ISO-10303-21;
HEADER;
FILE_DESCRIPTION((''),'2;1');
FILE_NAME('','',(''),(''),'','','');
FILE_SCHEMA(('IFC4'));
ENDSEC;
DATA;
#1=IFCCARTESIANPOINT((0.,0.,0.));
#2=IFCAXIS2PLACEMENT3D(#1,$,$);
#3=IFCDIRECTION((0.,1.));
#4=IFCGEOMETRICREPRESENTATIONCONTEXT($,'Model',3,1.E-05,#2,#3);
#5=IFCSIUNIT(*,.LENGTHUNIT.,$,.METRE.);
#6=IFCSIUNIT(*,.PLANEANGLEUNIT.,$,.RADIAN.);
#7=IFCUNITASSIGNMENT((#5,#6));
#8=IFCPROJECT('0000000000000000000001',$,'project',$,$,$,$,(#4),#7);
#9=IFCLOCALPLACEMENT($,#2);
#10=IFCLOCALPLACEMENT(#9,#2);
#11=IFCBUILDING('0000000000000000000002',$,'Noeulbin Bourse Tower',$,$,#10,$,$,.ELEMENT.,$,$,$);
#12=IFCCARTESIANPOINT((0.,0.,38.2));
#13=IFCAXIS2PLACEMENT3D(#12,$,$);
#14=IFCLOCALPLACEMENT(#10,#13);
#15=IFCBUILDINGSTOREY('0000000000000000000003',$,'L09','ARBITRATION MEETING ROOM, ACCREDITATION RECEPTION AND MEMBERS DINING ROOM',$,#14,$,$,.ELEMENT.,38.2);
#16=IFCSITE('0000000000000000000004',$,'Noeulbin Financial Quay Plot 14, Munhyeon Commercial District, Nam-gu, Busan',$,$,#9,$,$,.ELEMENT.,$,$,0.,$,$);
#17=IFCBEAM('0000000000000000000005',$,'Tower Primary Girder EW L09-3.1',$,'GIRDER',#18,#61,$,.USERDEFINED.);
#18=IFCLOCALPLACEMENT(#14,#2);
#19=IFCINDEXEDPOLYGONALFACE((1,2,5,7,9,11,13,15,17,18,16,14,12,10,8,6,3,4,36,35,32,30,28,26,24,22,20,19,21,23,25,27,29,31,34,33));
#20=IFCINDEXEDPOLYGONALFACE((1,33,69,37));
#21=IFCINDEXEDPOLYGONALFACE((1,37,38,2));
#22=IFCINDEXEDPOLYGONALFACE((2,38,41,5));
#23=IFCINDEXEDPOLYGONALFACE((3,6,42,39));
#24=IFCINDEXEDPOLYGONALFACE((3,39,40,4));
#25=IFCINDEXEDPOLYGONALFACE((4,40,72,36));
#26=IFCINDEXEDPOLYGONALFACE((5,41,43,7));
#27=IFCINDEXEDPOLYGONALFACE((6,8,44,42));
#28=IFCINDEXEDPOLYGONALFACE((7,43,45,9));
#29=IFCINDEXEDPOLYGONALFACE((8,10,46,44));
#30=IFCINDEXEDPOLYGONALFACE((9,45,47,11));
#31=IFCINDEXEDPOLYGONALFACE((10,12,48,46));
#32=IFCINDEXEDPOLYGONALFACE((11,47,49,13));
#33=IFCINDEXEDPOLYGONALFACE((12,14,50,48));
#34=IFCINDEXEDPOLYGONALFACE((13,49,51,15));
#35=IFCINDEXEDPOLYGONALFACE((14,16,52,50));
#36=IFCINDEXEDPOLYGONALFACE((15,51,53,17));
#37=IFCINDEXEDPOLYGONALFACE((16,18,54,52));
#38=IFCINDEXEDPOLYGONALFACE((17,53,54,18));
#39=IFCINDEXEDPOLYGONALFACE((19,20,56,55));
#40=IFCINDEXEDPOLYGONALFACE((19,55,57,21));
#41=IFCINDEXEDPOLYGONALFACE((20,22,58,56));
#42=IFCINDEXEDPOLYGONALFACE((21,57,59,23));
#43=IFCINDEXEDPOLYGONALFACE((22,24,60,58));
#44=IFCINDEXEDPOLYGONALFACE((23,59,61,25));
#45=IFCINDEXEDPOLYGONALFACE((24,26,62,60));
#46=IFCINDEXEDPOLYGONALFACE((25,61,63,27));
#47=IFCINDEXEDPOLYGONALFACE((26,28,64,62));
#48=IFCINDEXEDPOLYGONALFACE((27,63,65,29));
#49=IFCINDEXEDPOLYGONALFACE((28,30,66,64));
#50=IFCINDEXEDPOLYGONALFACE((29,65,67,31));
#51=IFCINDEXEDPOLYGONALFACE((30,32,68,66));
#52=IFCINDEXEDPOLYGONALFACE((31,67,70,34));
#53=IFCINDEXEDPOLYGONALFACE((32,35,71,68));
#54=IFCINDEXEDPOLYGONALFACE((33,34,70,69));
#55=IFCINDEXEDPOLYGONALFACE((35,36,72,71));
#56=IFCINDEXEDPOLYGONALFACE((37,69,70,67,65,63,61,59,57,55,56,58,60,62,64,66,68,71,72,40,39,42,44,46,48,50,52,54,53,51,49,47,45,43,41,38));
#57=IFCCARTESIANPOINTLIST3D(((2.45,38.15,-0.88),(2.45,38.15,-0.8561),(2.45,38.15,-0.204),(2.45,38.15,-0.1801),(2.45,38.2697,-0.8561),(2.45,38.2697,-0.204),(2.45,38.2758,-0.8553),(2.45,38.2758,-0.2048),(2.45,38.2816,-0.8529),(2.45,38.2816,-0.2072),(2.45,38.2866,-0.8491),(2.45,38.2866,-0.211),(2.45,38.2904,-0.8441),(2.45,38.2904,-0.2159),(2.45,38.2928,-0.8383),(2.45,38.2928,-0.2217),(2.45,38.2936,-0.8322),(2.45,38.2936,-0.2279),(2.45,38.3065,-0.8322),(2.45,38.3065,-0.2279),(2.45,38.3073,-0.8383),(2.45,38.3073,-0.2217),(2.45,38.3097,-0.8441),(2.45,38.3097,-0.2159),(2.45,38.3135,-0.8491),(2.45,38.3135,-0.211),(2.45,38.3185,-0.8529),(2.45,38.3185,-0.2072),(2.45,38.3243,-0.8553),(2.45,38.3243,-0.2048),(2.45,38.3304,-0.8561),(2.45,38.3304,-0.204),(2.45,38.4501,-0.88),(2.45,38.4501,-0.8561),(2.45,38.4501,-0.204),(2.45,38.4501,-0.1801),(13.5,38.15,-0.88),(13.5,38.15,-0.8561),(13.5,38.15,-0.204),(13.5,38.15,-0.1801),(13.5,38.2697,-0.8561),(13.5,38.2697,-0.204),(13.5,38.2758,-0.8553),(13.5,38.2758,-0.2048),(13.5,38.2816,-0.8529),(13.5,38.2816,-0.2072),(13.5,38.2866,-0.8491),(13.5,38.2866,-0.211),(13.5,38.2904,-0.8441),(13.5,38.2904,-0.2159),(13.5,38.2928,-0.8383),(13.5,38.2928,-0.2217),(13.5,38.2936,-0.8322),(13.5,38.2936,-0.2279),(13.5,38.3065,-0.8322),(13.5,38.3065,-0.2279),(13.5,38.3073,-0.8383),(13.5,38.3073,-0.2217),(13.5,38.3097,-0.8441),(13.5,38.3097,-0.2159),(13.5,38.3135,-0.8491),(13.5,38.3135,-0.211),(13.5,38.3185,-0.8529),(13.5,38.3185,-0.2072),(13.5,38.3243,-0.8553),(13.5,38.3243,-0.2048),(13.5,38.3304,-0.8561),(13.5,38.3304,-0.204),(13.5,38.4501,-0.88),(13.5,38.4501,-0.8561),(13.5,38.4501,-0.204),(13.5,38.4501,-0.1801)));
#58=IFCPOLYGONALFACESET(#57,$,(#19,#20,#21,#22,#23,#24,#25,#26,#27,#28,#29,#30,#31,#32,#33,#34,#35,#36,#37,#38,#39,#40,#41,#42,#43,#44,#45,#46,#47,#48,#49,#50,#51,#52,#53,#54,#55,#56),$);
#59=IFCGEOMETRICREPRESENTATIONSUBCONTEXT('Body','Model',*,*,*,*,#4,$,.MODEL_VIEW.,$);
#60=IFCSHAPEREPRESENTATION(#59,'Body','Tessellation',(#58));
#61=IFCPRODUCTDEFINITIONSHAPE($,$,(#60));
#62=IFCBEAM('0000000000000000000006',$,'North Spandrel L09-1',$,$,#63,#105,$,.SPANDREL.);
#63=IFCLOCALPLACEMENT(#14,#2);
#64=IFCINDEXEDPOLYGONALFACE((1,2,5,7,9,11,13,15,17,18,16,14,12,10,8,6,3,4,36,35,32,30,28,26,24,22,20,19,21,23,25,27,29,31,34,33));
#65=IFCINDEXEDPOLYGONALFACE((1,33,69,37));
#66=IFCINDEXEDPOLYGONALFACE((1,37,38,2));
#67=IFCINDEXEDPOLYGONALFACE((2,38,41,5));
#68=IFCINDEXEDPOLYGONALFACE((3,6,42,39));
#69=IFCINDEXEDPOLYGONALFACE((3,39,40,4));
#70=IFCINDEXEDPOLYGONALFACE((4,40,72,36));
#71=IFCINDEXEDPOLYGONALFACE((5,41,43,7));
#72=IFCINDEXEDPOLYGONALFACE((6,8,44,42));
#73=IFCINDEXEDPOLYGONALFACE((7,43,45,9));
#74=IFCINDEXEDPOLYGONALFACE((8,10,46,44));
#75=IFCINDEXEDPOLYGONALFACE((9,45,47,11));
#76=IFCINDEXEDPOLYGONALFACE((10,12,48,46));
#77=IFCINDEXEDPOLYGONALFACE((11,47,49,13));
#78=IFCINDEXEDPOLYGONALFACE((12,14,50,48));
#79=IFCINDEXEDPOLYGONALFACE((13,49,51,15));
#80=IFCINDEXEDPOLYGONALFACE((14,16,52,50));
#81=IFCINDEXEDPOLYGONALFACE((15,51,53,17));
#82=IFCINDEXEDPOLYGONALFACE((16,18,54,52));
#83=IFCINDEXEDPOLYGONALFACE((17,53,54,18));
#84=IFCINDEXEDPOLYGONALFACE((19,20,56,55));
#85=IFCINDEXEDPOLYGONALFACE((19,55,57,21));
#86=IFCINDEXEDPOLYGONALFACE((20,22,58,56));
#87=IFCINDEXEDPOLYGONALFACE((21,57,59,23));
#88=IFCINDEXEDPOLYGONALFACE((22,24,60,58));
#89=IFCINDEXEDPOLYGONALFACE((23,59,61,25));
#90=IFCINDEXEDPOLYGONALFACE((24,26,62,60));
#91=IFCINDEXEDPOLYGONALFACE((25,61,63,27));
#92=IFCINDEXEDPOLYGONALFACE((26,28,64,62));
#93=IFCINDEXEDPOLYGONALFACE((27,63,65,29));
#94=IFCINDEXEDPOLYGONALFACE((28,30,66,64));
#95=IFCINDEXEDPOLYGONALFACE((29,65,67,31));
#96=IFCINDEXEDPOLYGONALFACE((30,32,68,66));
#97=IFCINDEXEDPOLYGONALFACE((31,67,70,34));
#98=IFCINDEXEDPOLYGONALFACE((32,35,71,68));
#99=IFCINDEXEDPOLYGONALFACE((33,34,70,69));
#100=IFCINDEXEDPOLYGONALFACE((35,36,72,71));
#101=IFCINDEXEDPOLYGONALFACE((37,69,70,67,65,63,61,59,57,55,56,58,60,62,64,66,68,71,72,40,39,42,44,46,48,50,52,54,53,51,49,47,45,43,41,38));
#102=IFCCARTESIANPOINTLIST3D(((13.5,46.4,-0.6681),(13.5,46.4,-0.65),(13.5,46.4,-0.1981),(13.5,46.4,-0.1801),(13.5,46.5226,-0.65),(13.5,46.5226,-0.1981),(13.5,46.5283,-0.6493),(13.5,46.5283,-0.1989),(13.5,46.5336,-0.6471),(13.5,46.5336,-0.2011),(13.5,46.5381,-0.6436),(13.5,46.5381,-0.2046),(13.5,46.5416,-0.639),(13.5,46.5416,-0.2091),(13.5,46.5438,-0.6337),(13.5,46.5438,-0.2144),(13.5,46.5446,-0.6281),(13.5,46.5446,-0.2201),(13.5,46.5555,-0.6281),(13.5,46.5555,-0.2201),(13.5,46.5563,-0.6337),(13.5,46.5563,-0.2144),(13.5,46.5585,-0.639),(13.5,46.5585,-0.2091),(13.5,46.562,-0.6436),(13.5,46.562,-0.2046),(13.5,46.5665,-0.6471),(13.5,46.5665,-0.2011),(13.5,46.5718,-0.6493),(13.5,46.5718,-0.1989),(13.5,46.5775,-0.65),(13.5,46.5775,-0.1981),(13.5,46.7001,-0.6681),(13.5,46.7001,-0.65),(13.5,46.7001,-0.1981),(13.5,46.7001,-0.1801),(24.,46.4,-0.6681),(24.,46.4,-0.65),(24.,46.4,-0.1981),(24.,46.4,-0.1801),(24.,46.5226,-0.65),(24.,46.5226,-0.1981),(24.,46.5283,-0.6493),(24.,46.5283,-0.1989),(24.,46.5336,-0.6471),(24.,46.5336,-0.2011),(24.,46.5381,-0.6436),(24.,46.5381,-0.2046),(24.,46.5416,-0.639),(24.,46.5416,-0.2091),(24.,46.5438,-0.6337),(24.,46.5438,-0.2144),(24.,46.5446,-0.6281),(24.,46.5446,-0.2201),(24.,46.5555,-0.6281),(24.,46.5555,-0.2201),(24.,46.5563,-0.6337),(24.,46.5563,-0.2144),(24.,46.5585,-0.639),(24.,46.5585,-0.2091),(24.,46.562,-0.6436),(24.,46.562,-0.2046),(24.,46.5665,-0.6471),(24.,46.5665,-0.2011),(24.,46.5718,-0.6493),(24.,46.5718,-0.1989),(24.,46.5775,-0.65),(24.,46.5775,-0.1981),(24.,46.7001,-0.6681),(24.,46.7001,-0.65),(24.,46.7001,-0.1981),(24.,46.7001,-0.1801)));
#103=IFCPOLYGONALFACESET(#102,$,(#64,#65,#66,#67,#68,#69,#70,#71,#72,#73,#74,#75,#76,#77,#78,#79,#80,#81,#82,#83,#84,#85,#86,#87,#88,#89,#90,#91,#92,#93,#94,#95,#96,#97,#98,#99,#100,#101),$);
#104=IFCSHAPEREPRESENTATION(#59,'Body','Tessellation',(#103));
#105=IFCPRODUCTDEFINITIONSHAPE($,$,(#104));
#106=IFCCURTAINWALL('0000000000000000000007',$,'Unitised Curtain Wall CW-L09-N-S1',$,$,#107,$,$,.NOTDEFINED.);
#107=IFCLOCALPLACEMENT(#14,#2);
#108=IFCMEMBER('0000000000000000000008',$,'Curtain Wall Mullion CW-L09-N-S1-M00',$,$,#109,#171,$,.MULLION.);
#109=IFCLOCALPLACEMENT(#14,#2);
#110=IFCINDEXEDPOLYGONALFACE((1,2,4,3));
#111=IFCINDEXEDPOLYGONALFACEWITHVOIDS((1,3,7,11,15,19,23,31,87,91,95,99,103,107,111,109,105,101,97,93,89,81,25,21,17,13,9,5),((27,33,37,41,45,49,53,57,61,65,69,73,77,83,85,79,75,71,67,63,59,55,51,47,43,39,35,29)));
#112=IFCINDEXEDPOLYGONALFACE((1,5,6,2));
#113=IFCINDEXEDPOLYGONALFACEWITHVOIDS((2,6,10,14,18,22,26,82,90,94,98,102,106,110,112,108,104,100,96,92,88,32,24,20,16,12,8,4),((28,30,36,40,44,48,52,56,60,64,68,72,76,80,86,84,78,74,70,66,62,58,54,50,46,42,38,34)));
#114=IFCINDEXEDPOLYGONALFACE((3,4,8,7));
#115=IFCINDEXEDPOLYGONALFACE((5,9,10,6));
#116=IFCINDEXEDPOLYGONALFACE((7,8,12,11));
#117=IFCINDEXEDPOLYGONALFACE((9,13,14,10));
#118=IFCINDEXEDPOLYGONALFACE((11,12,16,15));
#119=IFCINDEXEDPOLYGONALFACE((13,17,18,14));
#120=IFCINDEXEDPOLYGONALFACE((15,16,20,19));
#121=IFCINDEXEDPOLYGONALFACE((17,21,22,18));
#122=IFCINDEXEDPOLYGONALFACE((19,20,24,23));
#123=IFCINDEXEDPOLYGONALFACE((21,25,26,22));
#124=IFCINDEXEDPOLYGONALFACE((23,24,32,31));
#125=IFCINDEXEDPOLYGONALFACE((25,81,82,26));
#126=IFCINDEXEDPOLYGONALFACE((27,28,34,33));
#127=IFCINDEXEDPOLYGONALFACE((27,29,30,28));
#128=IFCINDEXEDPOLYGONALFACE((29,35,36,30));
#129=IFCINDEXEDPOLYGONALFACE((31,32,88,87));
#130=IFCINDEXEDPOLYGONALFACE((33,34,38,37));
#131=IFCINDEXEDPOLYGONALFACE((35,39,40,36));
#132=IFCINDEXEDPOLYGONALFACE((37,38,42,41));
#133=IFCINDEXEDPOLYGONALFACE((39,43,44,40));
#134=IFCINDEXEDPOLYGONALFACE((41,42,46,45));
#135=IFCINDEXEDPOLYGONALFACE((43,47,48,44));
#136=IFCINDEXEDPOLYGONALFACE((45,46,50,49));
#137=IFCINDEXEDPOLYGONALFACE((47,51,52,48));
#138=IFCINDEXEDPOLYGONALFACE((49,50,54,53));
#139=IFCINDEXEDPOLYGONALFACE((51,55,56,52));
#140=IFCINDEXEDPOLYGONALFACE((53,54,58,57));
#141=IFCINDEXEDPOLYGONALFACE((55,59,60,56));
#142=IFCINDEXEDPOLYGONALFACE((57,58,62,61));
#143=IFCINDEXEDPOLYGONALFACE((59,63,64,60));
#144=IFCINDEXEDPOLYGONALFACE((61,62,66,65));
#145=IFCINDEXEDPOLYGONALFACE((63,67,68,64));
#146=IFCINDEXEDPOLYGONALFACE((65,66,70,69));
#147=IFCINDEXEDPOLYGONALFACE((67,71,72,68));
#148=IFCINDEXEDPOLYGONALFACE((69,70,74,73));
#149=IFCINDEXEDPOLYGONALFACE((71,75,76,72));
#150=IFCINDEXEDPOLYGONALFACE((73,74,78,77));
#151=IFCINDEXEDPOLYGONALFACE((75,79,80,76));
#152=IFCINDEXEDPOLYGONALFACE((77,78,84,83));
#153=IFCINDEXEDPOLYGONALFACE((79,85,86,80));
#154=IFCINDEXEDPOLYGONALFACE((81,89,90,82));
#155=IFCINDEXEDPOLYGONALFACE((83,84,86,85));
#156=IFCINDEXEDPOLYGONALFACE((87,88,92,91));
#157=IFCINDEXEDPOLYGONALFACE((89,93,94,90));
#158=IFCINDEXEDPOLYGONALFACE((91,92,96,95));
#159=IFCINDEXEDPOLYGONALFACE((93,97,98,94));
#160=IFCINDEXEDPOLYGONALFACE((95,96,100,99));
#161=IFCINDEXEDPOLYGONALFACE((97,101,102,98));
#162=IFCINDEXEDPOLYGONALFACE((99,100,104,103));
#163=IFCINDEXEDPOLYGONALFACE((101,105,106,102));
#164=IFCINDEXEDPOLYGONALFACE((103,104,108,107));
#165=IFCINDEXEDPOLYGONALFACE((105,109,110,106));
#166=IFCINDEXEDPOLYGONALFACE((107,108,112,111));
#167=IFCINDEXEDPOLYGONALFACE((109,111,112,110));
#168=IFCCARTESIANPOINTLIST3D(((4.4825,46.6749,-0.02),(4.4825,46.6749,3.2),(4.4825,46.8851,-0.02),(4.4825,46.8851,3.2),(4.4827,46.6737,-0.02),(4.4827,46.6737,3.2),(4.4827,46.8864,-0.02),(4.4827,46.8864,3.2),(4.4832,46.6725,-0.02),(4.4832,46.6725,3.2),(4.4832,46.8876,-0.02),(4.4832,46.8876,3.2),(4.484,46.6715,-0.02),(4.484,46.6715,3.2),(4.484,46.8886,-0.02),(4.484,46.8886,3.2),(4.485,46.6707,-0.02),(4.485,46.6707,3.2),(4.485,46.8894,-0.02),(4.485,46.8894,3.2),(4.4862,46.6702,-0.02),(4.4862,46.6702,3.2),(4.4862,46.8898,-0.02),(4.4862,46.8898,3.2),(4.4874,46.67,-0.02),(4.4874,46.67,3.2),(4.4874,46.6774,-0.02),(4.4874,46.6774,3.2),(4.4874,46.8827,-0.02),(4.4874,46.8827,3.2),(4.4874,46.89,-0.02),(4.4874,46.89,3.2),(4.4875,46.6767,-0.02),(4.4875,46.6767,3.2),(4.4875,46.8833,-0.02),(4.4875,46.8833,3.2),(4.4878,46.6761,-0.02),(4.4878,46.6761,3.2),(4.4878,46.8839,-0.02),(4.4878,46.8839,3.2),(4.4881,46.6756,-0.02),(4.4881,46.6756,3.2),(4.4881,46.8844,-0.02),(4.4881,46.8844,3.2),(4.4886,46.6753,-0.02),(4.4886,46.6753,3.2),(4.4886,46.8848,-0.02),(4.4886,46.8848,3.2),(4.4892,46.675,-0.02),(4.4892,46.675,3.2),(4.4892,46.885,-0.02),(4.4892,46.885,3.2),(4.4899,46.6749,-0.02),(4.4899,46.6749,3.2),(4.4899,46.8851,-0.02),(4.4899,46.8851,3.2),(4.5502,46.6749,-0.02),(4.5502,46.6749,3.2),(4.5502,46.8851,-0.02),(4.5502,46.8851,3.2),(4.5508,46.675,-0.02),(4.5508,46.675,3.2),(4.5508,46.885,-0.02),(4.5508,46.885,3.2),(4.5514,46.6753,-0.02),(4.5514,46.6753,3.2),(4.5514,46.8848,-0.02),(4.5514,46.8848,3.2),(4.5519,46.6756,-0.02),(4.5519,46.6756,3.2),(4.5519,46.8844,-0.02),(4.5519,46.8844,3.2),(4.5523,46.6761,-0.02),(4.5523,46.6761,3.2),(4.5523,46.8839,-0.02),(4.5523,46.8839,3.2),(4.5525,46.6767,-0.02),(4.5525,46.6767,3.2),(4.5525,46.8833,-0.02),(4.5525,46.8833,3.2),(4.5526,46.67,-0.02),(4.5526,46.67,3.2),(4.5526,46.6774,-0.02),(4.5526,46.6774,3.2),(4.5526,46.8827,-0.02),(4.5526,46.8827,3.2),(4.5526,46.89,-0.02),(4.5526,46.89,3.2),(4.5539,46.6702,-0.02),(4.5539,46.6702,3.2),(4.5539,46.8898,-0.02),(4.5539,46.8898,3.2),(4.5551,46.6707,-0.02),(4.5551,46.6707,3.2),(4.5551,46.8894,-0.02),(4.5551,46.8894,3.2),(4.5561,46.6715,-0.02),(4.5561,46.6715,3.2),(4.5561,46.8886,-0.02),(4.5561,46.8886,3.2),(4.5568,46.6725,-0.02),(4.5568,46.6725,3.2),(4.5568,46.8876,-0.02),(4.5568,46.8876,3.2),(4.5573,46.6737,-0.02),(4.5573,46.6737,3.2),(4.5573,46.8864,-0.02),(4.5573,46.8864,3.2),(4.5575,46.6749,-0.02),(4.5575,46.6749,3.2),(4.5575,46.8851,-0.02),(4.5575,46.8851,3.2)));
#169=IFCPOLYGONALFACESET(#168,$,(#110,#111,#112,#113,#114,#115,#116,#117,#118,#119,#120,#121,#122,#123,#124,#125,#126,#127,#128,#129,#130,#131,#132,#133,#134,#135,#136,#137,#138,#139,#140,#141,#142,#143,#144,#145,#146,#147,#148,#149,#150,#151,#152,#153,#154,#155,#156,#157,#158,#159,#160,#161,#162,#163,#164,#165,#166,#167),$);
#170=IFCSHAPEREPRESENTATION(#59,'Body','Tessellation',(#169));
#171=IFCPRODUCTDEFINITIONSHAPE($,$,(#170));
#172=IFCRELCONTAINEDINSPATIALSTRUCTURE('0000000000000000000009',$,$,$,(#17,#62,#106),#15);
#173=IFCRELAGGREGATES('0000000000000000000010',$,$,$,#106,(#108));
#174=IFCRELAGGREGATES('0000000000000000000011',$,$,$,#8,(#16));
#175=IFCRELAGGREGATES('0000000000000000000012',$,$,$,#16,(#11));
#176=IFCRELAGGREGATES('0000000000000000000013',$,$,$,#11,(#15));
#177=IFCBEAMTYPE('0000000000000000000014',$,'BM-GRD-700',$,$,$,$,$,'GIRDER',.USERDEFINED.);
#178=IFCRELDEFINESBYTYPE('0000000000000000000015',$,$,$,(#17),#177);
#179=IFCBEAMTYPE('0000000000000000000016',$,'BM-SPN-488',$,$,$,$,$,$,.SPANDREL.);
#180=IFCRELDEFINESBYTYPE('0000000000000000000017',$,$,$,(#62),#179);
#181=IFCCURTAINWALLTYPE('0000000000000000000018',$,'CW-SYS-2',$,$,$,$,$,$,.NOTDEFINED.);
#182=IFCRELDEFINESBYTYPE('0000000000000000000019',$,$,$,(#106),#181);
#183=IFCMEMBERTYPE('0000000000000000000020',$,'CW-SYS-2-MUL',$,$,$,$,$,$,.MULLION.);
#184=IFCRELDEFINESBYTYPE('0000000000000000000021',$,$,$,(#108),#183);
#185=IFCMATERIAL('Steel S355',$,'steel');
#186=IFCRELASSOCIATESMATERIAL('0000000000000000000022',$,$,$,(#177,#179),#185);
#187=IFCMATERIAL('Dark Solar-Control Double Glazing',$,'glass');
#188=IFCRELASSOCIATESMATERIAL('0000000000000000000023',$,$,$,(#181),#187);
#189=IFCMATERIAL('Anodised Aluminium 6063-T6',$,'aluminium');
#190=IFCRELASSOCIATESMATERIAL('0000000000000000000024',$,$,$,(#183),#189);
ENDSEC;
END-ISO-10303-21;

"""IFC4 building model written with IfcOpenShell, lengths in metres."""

from ifc_helpers import new_model, si_unit, direction, frame, origin, origin_2d, place, context, subcontext, project, spatial, hollow_rectangle, i_section, extrude, material, material_profile, profile_set, type_object, element, aggregate, save


model = new_model("IFC4")

# Units and contexts
model_context = context("Model", 3, precision=1e-05, world=origin(), true_north=direction((0.0, 1.0)))
body_context = subcontext(model_context, "Body", "Model", "MODEL_VIEW")
ifc_project = project(units=[si_unit("LENGTHUNIT", "METRE"), si_unit("PLANEANGLEUNIT", "RADIAN")], contexts=[model_context])

# Site, building, storey
site_placement = place(None, origin())
site = spatial("IfcSite", under=ifc_project, at=site_placement, Name="Noeulbin Financial Quay Plot 14, Munhyeon Commercial District, Nam-gu, Busan", CompositionType="ELEMENT", RefElevation=0.0)
building_placement = place(site_placement, origin())
building = spatial("IfcBuilding", under=site, at=building_placement, Name="Noeulbin Bourse Tower", CompositionType="ELEMENT")
storey_placement = place(building_placement, frame((0.0, 0.0, 38.2)))
storey = spatial("IfcBuildingStorey", under=building, at=storey_placement, Name="L09", Description="ARBITRATION MEETING ROOM, ACCREDITATION RECEPTION AND MEMBERS DINING ROOM", CompositionType="ELEMENT", Elevation=38.2)

# Beams
ifc_material_1 = material(Name="Steel S355", Category="steel")
ifc_material_profile_1 = material_profile(ifc_material_1, i_section(OverallWidth=0.3, OverallDepth=0.7, WebThickness=0.0129, FlangeThickness=0.0239, FilletRadius=0.0239, at=origin_2d()), Name="H-700x300x13x24", Category="LoadBearing")
ifc_profile_set_1 = profile_set([ifc_material_profile_1], Name="Steel S355")
beam_type_1 = type_object("IfcBeamType", Name="BM-GRD-700", ElementType="GIRDER", PredefinedType="USERDEFINED", material=ifc_profile_set_1)
beam_1_placement = place(storey_placement, frame((2.45, 38.3, -0.53), z_axis=(1.0, 0.0, 0.0), x_axis=(0.0, 1.0, 0.0)))
element("IfcBeam", 1, at=beam_1_placement, inside=storey, type_object=beam_type_1, Name="Tower Primary Girder EW L09-3.1", ObjectType="GIRDER", PredefinedType="USERDEFINED", context=body_context, shape_type="SweptSolid", body=[
    extrude(i_section(OverallWidth=0.3, OverallDepth=0.7, WebThickness=0.0129, FlangeThickness=0.0239, FilletRadius=0.0239, at=origin_2d()), origin(), (0.0, 0.0, 1.0), 11.05),
])
ifc_material_profile_2 = material_profile(ifc_material_1, i_section(OverallWidth=0.3, OverallDepth=0.488, WebThickness=0.011, FlangeThickness=0.0181, FilletRadius=0.022, at=origin_2d()), Name="H-488x300x11x18", Category="LoadBearing")
ifc_profile_set_2 = profile_set([ifc_material_profile_2], Name="Steel S355")
beam_type_2 = type_object("IfcBeamType", Name="BM-SPN-488", PredefinedType="SPANDREL", material=ifc_profile_set_2)
beam_2_placement = place(storey_placement, frame((13.5, 46.55, -0.4241), z_axis=(1.0, 0.0, 0.0), x_axis=(0.0, 1.0, 0.0)))
element("IfcBeam", 2, at=beam_2_placement, inside=storey, type_object=beam_type_2, Name="North Spandrel L09-1", PredefinedType="SPANDREL", context=body_context, shape_type="SweptSolid", body=[
    extrude(i_section(OverallWidth=0.3, OverallDepth=0.488, WebThickness=0.011, FlangeThickness=0.0181, FilletRadius=0.022, at=origin_2d()), origin(), (0.0, 0.0, 1.0), 10.5),
])

# Curtain wall, member
ifc_material_2 = material(Name="Dark Solar-Control Double Glazing", Category="glass")
curtain_wall_type = type_object("IfcCurtainWallType", Name="CW-SYS-2", PredefinedType="NOTDEFINED", material=ifc_material_2)
curtain_wall_1_placement = place(storey_placement, origin())
curtain_wall_1 = element("IfcCurtainWall", 3, at=curtain_wall_1_placement, inside=storey, type_object=curtain_wall_type, Name="Unitised Curtain Wall CW-L09-N-S1", PredefinedType="NOTDEFINED")
ifc_material_3 = material(Name="Anodised Aluminium 6063-T6", Category="aluminium")
ifc_material_profile_3 = material_profile(ifc_material_3, hollow_rectangle(XDim=0.075, YDim=0.22, WallThickness=0.0049, InnerFilletRadius=0.0024, OuterFilletRadius=0.0049, at=origin_2d()), Name="ALU-MULL-75x220x5", Category="LoadBearing")
ifc_profile_set_3 = profile_set([ifc_material_profile_3], Name="Anodised Aluminium 6063-T6")
member_type_1 = type_object("IfcMemberType", Name="CW-SYS-2-MUL", PredefinedType="MULLION", material=ifc_profile_set_3)
member_1_placement = place(storey_placement, frame((4.52, 46.78, -0.02), z_axis=(0.0, 0.0, 1.0), x_axis=(1.0, 0.0, 0.0)))
member_1 = element("IfcMember", 4, at=member_1_placement, type_object=member_type_1, Name="Curtain Wall Mullion CW-L09-N-S1-M00", PredefinedType="MULLION", context=body_context, shape_type="SweptSolid", body=[
    extrude(hollow_rectangle(XDim=0.075, YDim=0.22, WallThickness=0.0049, InnerFilletRadius=0.0024, OuterFilletRadius=0.0049, at=origin_2d()), origin(), (0.0, 0.0, 1.0), 3.22),
])

aggregate(curtain_wall_1, [member_1])

save(model, "model.ifc")
